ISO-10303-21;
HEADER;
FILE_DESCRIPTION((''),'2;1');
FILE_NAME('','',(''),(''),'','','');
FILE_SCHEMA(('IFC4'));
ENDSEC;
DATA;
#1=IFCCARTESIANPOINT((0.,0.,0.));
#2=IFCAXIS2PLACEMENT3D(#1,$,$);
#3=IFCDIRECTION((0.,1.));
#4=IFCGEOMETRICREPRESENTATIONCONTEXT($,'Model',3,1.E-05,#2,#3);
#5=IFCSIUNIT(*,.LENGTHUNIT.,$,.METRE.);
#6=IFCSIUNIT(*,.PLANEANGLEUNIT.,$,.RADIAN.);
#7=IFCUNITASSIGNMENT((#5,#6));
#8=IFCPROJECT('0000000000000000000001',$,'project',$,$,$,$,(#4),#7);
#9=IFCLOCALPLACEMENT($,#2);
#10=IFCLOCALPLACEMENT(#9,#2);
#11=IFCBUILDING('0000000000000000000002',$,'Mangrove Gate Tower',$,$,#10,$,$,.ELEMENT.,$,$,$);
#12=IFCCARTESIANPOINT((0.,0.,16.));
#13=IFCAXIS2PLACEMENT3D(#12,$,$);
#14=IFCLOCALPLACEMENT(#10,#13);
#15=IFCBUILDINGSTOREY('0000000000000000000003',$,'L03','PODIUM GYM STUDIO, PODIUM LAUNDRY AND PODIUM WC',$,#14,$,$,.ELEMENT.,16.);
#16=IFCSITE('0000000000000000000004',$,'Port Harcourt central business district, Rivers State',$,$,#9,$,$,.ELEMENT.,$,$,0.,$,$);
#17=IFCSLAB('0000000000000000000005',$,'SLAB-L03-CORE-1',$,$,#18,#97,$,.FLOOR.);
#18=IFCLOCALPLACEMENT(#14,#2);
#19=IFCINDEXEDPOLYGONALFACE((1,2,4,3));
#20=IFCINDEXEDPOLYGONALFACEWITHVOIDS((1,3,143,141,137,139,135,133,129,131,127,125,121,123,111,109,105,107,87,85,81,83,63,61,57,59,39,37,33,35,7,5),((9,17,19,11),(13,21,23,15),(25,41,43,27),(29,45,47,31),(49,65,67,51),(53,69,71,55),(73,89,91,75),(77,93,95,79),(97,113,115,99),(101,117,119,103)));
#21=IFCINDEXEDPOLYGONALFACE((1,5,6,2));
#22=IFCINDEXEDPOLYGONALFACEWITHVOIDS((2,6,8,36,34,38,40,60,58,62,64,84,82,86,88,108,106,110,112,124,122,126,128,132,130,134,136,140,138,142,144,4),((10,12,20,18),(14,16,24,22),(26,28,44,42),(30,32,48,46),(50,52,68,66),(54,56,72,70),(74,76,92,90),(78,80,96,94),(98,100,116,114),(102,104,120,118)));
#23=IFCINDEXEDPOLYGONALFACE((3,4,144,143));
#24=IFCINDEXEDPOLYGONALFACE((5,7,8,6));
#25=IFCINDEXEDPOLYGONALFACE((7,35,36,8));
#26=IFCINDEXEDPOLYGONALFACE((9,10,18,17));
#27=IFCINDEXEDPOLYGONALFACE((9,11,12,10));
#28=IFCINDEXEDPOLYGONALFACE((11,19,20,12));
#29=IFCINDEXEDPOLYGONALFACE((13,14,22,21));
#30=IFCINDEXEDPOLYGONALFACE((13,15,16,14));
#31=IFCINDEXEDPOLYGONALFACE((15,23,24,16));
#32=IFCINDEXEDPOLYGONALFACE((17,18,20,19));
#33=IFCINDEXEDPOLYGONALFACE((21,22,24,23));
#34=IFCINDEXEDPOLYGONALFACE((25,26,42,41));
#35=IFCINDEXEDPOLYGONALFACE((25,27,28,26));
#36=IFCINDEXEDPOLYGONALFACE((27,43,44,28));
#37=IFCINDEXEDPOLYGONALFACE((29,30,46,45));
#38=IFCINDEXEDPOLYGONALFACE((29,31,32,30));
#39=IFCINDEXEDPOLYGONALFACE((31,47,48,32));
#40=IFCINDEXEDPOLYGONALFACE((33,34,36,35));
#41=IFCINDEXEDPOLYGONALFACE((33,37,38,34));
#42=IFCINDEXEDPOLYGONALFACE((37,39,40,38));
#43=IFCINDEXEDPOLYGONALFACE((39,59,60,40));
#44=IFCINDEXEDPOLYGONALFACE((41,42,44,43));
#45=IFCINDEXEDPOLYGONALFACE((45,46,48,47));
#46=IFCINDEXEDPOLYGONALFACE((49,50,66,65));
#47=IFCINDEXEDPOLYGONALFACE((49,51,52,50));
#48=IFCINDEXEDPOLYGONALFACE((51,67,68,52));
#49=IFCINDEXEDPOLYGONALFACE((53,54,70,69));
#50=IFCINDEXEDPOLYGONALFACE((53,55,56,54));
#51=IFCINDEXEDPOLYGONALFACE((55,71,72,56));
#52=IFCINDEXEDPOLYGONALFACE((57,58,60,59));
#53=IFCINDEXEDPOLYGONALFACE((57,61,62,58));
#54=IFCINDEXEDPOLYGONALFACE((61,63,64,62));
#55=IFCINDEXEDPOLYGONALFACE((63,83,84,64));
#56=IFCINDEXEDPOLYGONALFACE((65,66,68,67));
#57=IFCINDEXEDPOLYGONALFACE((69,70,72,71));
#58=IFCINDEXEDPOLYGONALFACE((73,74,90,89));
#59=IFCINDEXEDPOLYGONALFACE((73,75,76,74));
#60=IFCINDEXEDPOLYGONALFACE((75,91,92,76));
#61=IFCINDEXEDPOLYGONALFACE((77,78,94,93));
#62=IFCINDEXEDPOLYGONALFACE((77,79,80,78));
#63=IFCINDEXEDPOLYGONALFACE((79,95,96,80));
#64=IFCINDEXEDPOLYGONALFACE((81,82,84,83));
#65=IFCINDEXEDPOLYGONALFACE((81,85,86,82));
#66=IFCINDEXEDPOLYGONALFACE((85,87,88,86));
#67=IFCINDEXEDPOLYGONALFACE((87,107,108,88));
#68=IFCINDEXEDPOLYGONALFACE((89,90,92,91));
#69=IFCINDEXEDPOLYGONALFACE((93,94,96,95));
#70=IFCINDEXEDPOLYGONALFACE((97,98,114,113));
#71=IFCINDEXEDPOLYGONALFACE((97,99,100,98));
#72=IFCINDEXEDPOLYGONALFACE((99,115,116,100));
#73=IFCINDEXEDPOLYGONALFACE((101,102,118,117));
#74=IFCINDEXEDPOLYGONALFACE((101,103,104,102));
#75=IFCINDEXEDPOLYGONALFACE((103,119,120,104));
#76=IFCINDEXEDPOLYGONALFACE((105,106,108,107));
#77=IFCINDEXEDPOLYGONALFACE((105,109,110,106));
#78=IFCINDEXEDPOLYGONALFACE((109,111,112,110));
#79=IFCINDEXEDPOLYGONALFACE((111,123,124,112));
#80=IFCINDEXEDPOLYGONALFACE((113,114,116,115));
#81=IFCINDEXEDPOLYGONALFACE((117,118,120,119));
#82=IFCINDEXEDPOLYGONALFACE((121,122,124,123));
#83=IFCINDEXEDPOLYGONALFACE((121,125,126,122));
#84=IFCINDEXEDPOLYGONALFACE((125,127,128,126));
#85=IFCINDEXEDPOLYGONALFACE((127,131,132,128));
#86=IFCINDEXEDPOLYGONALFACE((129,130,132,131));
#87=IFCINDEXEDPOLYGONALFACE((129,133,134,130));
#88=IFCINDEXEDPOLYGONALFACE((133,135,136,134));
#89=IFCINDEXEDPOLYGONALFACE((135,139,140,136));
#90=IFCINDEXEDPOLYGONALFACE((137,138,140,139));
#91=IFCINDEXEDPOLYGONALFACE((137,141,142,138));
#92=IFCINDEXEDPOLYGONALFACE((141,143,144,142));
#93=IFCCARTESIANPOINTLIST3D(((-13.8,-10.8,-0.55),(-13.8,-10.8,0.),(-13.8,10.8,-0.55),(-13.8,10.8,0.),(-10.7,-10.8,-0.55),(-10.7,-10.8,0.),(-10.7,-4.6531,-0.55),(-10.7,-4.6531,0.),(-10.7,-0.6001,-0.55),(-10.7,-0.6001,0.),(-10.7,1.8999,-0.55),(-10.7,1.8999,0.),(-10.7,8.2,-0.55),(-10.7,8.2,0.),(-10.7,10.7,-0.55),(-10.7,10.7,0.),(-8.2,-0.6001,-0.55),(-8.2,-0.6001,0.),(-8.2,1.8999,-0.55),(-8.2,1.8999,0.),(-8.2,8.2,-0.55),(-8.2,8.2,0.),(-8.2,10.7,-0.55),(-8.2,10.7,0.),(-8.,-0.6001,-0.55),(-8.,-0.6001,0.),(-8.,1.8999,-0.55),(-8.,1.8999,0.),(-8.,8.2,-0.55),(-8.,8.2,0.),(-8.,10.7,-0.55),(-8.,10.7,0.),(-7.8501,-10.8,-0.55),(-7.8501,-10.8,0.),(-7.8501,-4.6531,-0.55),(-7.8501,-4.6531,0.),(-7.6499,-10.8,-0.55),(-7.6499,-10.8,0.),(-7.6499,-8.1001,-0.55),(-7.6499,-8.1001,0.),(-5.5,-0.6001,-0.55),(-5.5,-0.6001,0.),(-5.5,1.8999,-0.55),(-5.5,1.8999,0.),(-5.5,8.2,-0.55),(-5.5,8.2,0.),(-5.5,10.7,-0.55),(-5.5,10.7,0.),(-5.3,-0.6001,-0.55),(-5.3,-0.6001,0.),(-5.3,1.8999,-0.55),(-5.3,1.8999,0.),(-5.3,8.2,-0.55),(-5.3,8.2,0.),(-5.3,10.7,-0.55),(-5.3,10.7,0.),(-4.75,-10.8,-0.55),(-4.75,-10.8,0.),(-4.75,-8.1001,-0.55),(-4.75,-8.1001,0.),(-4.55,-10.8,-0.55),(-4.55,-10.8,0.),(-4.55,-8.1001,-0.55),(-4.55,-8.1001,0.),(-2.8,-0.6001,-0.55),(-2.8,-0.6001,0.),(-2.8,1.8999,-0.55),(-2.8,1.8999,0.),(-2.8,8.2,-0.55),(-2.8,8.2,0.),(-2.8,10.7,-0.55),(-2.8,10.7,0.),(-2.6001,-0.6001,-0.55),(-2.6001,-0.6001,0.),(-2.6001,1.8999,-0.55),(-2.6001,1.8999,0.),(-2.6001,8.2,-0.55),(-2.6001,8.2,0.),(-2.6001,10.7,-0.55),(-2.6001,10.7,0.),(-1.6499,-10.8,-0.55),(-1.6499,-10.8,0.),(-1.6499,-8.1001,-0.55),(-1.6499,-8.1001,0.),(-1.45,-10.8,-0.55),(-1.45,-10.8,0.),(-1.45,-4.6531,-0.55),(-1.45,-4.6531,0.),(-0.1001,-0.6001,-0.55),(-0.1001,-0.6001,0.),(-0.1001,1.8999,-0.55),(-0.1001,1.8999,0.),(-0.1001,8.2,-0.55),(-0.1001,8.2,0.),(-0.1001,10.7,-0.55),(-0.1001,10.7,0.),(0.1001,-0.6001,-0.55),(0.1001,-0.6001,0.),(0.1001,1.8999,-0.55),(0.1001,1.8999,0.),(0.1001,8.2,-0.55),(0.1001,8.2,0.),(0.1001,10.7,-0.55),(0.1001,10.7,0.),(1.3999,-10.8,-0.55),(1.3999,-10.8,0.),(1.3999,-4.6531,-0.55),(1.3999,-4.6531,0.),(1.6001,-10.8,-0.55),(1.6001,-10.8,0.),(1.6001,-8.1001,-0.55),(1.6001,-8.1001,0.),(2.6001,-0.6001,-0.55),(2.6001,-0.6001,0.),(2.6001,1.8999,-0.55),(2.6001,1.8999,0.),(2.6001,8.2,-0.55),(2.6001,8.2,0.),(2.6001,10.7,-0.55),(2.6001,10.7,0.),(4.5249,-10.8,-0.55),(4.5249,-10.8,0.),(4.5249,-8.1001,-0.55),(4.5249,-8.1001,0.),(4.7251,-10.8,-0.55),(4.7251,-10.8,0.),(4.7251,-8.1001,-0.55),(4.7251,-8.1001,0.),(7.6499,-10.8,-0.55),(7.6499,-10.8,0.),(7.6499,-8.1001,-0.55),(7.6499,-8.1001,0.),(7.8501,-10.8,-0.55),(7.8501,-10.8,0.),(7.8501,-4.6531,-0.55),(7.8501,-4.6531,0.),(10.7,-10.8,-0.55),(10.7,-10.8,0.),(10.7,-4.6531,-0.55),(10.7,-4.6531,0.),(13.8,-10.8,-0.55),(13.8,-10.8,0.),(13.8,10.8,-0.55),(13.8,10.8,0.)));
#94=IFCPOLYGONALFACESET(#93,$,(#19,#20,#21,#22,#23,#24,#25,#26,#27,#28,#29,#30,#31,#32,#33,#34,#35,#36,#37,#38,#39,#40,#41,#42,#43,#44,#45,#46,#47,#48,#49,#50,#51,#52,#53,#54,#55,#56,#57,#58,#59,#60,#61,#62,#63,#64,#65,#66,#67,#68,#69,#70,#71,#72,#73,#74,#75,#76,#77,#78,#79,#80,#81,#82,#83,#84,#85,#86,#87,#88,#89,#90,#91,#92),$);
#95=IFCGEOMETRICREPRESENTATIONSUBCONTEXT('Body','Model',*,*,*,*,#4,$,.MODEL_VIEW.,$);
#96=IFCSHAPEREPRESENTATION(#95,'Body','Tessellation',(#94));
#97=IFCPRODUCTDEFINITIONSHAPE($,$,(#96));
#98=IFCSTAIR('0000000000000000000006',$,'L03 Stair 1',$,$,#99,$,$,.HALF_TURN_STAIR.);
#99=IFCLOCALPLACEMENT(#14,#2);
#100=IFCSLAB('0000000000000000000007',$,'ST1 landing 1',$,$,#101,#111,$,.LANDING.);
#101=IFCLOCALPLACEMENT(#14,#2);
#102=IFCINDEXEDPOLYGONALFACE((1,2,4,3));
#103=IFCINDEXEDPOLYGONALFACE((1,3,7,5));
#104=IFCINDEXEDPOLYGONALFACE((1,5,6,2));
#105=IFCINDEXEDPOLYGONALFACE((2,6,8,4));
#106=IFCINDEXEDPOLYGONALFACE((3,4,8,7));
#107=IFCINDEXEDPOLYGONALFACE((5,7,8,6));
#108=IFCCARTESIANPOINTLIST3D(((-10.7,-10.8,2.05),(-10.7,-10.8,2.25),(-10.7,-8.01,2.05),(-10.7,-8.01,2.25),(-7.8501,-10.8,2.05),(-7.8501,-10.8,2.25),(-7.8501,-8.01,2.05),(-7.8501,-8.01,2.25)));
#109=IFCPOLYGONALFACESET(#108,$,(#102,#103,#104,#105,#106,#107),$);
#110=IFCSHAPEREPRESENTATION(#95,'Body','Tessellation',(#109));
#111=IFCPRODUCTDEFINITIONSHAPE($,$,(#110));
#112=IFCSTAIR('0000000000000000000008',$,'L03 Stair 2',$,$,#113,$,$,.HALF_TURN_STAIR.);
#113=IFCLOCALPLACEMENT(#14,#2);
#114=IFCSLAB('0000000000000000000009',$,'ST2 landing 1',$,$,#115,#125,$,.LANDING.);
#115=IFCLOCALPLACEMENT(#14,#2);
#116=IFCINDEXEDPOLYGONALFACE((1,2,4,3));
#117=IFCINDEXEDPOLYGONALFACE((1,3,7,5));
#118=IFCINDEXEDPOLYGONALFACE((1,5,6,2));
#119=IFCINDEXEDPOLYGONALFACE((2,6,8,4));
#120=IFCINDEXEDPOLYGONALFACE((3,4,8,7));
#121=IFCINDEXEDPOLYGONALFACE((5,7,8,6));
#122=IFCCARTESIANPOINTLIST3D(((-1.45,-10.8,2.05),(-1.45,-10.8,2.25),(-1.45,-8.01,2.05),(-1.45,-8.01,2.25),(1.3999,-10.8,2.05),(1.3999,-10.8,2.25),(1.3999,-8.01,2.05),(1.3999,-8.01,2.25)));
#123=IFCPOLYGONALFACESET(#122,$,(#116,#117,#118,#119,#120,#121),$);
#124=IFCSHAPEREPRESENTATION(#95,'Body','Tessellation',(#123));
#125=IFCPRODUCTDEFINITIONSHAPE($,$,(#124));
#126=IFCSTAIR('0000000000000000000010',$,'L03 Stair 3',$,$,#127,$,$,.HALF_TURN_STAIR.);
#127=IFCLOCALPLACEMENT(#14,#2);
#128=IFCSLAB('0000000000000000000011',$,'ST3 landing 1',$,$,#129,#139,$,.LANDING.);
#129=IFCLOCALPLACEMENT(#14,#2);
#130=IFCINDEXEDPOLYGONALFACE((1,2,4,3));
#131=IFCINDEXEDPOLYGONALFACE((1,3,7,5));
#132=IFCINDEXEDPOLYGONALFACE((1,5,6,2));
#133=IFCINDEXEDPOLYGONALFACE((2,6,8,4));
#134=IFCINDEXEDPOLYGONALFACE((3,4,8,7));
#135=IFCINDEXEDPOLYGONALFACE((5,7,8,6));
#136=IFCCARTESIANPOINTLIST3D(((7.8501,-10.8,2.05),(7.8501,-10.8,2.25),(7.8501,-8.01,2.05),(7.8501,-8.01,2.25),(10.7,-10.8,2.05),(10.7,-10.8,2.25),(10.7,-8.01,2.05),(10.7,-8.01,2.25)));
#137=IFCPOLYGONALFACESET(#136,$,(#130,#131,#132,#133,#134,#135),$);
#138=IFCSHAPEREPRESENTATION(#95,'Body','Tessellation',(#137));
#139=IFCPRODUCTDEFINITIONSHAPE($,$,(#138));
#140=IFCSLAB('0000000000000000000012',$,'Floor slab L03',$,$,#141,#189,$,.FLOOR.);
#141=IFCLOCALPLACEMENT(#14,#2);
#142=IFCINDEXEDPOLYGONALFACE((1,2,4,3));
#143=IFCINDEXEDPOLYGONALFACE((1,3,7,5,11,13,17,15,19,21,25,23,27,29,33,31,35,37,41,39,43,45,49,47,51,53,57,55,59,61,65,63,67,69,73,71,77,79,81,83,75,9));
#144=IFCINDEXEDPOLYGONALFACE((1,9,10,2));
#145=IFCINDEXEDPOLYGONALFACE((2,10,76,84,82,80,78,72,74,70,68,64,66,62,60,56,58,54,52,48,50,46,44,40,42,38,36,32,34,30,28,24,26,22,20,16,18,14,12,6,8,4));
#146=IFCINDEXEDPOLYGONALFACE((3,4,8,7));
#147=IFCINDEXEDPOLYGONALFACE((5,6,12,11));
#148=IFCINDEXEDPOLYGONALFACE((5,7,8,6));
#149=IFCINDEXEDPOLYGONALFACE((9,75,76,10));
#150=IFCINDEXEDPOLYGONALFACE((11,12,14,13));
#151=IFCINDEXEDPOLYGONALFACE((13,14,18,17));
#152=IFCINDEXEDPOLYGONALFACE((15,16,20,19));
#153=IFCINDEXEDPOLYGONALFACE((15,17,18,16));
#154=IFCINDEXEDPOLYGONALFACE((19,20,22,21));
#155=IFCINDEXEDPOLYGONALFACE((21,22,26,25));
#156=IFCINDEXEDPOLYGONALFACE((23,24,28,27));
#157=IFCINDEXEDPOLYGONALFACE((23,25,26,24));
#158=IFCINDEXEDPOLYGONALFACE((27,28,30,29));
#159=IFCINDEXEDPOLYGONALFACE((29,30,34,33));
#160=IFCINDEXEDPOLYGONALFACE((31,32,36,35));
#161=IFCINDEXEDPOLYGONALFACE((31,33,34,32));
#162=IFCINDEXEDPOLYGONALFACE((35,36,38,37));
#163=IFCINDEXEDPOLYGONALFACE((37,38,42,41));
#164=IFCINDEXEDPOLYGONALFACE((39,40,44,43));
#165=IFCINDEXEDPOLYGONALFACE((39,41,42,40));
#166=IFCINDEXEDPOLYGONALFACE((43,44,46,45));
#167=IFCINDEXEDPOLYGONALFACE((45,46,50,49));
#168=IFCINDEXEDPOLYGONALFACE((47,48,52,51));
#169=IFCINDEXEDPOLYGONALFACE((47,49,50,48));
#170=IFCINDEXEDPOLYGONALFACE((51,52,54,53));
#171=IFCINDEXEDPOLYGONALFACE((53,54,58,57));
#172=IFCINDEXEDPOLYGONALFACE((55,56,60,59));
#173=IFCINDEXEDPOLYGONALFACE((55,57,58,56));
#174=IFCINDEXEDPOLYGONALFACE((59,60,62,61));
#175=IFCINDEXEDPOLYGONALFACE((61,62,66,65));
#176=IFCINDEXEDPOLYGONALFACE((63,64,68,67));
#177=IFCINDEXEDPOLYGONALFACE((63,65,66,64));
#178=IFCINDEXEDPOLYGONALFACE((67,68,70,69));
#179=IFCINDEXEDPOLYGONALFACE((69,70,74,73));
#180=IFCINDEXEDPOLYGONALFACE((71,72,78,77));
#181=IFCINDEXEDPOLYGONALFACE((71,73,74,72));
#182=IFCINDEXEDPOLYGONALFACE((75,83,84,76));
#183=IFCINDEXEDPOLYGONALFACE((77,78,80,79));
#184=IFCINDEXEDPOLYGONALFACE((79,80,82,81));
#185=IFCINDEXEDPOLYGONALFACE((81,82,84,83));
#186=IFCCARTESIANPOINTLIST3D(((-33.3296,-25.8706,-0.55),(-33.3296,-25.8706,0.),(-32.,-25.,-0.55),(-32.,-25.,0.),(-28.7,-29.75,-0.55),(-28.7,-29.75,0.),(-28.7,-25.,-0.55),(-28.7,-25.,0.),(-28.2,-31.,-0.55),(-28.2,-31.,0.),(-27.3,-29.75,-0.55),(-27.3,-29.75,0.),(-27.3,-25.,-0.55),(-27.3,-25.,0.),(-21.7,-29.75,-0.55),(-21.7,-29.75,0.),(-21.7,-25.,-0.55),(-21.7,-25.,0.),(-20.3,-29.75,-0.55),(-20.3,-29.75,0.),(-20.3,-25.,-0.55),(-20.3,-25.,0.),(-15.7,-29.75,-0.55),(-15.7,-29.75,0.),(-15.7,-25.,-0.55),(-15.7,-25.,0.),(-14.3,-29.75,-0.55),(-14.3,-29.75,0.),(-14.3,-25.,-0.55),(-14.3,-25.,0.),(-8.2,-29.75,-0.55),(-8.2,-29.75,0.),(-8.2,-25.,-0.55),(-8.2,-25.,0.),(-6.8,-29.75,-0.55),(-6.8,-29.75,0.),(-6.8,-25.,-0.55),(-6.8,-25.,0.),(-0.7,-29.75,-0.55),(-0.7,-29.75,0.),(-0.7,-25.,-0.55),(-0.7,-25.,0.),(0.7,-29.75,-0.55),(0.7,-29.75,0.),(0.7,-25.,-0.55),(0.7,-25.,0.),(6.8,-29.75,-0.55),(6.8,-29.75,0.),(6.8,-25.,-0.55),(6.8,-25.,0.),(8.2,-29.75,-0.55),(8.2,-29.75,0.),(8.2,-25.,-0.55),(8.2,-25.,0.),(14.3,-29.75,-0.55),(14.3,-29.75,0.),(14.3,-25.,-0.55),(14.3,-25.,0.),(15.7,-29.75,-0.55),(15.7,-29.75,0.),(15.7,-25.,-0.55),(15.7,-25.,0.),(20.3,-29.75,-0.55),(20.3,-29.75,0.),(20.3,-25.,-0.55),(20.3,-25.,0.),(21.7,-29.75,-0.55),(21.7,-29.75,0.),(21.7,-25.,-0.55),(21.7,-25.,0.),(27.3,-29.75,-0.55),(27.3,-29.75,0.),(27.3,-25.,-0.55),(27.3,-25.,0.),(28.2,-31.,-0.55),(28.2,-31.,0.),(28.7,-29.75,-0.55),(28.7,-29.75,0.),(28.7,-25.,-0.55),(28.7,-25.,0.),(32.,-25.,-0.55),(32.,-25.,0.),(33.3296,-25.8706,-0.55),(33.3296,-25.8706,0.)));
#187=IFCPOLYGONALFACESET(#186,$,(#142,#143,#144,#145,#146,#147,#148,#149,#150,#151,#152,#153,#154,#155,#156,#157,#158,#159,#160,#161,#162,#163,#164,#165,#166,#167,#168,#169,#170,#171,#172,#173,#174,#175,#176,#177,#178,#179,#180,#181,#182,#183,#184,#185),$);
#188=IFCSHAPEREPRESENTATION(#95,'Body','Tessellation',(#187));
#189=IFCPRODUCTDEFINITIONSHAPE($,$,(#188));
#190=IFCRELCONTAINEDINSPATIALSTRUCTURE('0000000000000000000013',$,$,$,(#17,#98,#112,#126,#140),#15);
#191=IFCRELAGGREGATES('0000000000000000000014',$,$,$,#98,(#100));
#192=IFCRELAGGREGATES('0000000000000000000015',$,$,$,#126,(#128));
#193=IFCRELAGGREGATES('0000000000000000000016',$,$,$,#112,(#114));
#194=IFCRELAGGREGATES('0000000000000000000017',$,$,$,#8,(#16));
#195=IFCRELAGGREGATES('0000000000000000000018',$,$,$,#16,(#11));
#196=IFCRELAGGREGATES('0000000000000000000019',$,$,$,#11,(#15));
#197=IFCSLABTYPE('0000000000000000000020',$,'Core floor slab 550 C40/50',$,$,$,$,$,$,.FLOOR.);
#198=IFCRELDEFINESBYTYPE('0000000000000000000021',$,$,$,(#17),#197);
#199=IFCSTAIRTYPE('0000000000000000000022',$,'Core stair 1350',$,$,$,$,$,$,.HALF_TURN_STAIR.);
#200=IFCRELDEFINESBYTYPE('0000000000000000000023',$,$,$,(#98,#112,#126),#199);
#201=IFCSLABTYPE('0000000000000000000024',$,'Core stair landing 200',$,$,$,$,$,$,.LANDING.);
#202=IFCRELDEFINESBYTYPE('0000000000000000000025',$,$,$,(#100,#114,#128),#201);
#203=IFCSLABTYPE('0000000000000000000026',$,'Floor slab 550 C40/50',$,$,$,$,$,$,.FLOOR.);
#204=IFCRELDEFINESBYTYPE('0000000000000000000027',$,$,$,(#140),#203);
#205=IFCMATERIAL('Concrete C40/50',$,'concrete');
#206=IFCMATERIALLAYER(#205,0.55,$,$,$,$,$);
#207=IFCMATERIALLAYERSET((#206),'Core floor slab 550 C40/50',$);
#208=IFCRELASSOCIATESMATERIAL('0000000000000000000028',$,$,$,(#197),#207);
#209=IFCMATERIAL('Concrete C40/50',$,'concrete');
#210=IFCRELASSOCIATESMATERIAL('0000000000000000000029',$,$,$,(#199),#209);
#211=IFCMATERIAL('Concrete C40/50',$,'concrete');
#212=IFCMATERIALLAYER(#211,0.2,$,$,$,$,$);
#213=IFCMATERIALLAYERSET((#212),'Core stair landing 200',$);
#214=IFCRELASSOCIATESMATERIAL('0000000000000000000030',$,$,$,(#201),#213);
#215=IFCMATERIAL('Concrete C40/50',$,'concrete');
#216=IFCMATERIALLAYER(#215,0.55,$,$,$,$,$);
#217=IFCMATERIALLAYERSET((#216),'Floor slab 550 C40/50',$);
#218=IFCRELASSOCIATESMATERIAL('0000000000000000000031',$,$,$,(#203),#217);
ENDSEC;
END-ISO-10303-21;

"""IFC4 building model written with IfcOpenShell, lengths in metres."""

from ifc_helpers import new_model, si_unit, direction, frame, origin, place, context, subcontext, project, spatial, polyline, outline, extrude, material, layer, layer_set, type_object, element, aggregate, save


model = new_model("IFC4")

# Units and contexts
model_context = context("Model", 3, precision=1e-05, world=origin(), true_north=direction((0.0, 1.0)))
body_context = subcontext(model_context, "Body", "Model", "MODEL_VIEW")
ifc_project = project(units=[si_unit("LENGTHUNIT", "METRE"), si_unit("PLANEANGLEUNIT", "RADIAN")], contexts=[model_context])

# Site, building, storey
site_placement = place(None, origin())
site = spatial("IfcSite", under=ifc_project, at=site_placement, Name="Port Harcourt central business district, Rivers State", CompositionType="ELEMENT", RefElevation=0.0)
building_placement = place(site_placement, origin())
building = spatial("IfcBuilding", under=site, at=building_placement, Name="Mangrove Gate Tower", CompositionType="ELEMENT")
storey_placement = place(building_placement, frame((0.0, 0.0, 16.0)))
storey = spatial("IfcBuildingStorey", under=building, at=storey_placement, Name="L03", Description="PODIUM GYM STUDIO, PODIUM LAUNDRY AND PODIUM WC", CompositionType="ELEMENT", Elevation=16.0)

# Slab
ifc_material_1 = material(Name="Concrete C40/50", Category="concrete")
ifc_layer_1 = layer(ifc_material_1, 0.55)
ifc_layer_set_1 = layer_set([ifc_layer_1], Name="Core floor slab 550 C40/50")
slab_type_1 = type_object("IfcSlabType", Name="Core floor slab 550 C40/50", PredefinedType="FLOOR", material=ifc_layer_set_1)
slab_1_placement = place(storey_placement, frame((0.0, 0.0, -0.55)))
element("IfcSlab", 1, at=slab_1_placement, inside=storey, type_object=slab_type_1, Name="SLAB-L03-CORE-1", PredefinedType="FLOOR", context=body_context, shape_type="SweptSolid", body=[
    extrude(outline(polyline([(-13.8, -10.8), (-13.8, 10.8), (13.8, 10.8), (13.8, -10.8), (10.7, -10.8), (10.7, -4.6531), (7.8501, -4.6531), (7.8501, -10.8), (7.6499, -10.8), (7.6499, -8.1001), (4.7251, -8.1001), (4.7251, -10.8), (4.5249, -10.8), (4.5249, -8.1001), (1.6001, -8.1001), (1.6001, -10.8), (1.3999, -10.8), (1.3999, -4.6531), (-1.45, -4.6531), (-1.45, -10.8), (-1.6499, -10.8), (-1.6499, -8.1001), (-4.55, -8.1001), (-4.55, -10.8), (-4.75, -10.8), (-4.75, -8.1001), (-7.6499, -8.1001), (-7.6499, -10.8), (-7.8501, -10.8), (-7.8501, -4.6531), (-10.7, -4.6531), (-10.7, -10.8), (-13.8, -10.8)]), holes=[polyline([(-8.2, -0.6001), (-8.2, 1.8999), (-10.7, 1.8999), (-10.7, -0.6001), (-8.2, -0.6001)]), polyline([(-5.5, -0.6001), (-5.5, 1.8999), (-8.0, 1.8999), (-8.0, -0.6001), (-5.5, -0.6001)]), polyline([(-2.8, -0.6001), (-2.8, 1.8999), (-5.3, 1.8999), (-5.3, -0.6001), (-2.8, -0.6001)]), polyline([(-8.2, 8.2), (-8.2, 10.7), (-10.7, 10.7), (-10.7, 8.2), (-8.2, 8.2)]), polyline([(-5.5, 8.2), (-5.5, 10.7), (-8.0, 10.7), (-8.0, 8.2), (-5.5, 8.2)]), polyline([(-2.8, 8.2), (-2.8, 10.7), (-5.3, 10.7), (-5.3, 8.2), (-2.8, 8.2)]), polyline([(-0.1001, -0.6001), (-0.1001, 1.8999), (-2.6001, 1.8999), (-2.6001, -0.6001), (-0.1001, -0.6001)]), polyline([(2.6001, -0.6001), (2.6001, 1.8999), (0.1001, 1.8999), (0.1001, -0.6001), (2.6001, -0.6001)]), polyline([(-2.6001, 8.2), (-0.1001, 8.2), (-0.1001, 10.7), (-2.6001, 10.7), (-2.6001, 8.2)]), polyline([(0.1001, 8.2), (2.6001, 8.2), (2.6001, 10.7), (0.1001, 10.7), (0.1001, 8.2)])]), origin(), (0.0, 0.0, 1.0), 0.55),
])

# Stairs, slabs
ifc_material_2 = material(Name="Concrete C40/50", Category="concrete")
stair_type = type_object("IfcStairType", Name="Core stair 1350", PredefinedType="HALF_TURN_STAIR", material=ifc_material_2)
stair_1_placement = place(storey_placement, origin())
stair_1 = element("IfcStair", 2, at=stair_1_placement, inside=storey, type_object=stair_type, Name="L03 Stair 1", PredefinedType="HALF_TURN_STAIR")
ifc_material_3 = material(Name="Concrete C40/50", Category="concrete")
ifc_layer_2 = layer(ifc_material_3, 0.2)
ifc_layer_set_2 = layer_set([ifc_layer_2], Name="Core stair landing 200")
slab_type_2 = type_object("IfcSlabType", Name="Core stair landing 200", PredefinedType="LANDING", material=ifc_layer_set_2)
slab_2_placement = place(storey_placement, frame((0.0, 0.0, 2.05)))
slab_2 = element("IfcSlab", 3, at=slab_2_placement, type_object=slab_type_2, Name="ST1 landing 1", PredefinedType="LANDING", context=body_context, shape_type="SweptSolid", body=[
    extrude(outline(polyline([(-10.7, -8.01), (-10.7, -10.8), (-7.8501, -10.8), (-7.8501, -8.01), (-10.7, -8.01)])), origin(), (0.0, 0.0, 1.0), 0.2),
])
aggregate(stair_1, [slab_2])
stair_2_placement = place(storey_placement, origin())
stair_2 = element("IfcStair", 4, at=stair_2_placement, inside=storey, type_object=stair_type, Name="L03 Stair 2", PredefinedType="HALF_TURN_STAIR")
slab_3_placement = place(storey_placement, frame((0.0, 0.0, 2.05)))
slab_3 = element("IfcSlab", 5, at=slab_3_placement, type_object=slab_type_2, Name="ST2 landing 1", PredefinedType="LANDING", context=body_context, shape_type="SweptSolid", body=[
    extrude(outline(polyline([(-1.45, -8.01), (-1.45, -10.8), (1.3999, -10.8), (1.3999, -8.01), (-1.45, -8.01)])), origin(), (0.0, 0.0, 1.0), 0.2),
])
stair_3_placement = place(storey_placement, origin())
stair_3 = element("IfcStair", 6, at=stair_3_placement, inside=storey, type_object=stair_type, Name="L03 Stair 3", PredefinedType="HALF_TURN_STAIR")
slab_4_placement = place(storey_placement, frame((0.0, 0.0, 2.05)))
slab_4 = element("IfcSlab", 7, at=slab_4_placement, type_object=slab_type_2, Name="ST3 landing 1", PredefinedType="LANDING", context=body_context, shape_type="SweptSolid", body=[
    extrude(outline(polyline([(7.8501, -8.01), (7.8501, -10.8), (10.7, -10.8), (10.7, -8.01), (7.8501, -8.01)])), origin(), (0.0, 0.0, 1.0), 0.2),
])
aggregate(stair_3, [slab_4])

# Slab
ifc_material_4 = material(Name="Concrete C40/50", Category="concrete")
ifc_layer_3 = layer(ifc_material_4, 0.55)
ifc_layer_set_3 = layer_set([ifc_layer_3], Name="Floor slab 550 C40/50")
slab_type_3 = type_object("IfcSlabType", Name="Floor slab 550 C40/50", PredefinedType="FLOOR", material=ifc_layer_set_3)
slab_5_placement = place(storey_placement, frame((0.0, 0.0, -0.55)))
element("IfcSlab", 8, at=slab_5_placement, inside=storey, type_object=slab_type_3, Name="Floor slab L03", PredefinedType="FLOOR", context=body_context, shape_type="SweptSolid", body=[
    extrude(outline(polyline([(-28.7, -25.0), (-32.0, -25.0), (-33.3296, -25.8706), (-28.2, -31.0), (28.2, -31.0), (33.3296, -25.8706), (32.0, -25.0), (28.7, -25.0), (28.7, -29.75), (27.3, -29.75), (27.3, -25.0), (21.7, -25.0), (21.7, -29.75), (20.3, -29.75), (20.3, -25.0), (15.7, -25.0), (15.7, -29.75), (14.3, -29.75), (14.3, -25.0), (8.2, -25.0), (8.2, -29.75), (6.8, -29.75), (6.8, -25.0), (0.7, -25.0), (0.7, -29.75), (-0.7, -29.75), (-0.7, -25.0), (-6.8, -25.0), (-6.8, -29.75), (-8.2, -29.75), (-8.2, -25.0), (-14.3, -25.0), (-14.3, -29.75), (-15.7, -29.75), (-15.7, -25.0), (-20.3, -25.0), (-20.3, -29.75), (-21.7, -29.75), (-21.7, -25.0), (-27.3, -25.0), (-27.3, -29.75), (-28.7, -29.75), (-28.7, -25.0)])), origin(), (0.0, 0.0, 1.0), 0.55),
])

aggregate(stair_2, [slab_3])

save(model, "model.ifc")
